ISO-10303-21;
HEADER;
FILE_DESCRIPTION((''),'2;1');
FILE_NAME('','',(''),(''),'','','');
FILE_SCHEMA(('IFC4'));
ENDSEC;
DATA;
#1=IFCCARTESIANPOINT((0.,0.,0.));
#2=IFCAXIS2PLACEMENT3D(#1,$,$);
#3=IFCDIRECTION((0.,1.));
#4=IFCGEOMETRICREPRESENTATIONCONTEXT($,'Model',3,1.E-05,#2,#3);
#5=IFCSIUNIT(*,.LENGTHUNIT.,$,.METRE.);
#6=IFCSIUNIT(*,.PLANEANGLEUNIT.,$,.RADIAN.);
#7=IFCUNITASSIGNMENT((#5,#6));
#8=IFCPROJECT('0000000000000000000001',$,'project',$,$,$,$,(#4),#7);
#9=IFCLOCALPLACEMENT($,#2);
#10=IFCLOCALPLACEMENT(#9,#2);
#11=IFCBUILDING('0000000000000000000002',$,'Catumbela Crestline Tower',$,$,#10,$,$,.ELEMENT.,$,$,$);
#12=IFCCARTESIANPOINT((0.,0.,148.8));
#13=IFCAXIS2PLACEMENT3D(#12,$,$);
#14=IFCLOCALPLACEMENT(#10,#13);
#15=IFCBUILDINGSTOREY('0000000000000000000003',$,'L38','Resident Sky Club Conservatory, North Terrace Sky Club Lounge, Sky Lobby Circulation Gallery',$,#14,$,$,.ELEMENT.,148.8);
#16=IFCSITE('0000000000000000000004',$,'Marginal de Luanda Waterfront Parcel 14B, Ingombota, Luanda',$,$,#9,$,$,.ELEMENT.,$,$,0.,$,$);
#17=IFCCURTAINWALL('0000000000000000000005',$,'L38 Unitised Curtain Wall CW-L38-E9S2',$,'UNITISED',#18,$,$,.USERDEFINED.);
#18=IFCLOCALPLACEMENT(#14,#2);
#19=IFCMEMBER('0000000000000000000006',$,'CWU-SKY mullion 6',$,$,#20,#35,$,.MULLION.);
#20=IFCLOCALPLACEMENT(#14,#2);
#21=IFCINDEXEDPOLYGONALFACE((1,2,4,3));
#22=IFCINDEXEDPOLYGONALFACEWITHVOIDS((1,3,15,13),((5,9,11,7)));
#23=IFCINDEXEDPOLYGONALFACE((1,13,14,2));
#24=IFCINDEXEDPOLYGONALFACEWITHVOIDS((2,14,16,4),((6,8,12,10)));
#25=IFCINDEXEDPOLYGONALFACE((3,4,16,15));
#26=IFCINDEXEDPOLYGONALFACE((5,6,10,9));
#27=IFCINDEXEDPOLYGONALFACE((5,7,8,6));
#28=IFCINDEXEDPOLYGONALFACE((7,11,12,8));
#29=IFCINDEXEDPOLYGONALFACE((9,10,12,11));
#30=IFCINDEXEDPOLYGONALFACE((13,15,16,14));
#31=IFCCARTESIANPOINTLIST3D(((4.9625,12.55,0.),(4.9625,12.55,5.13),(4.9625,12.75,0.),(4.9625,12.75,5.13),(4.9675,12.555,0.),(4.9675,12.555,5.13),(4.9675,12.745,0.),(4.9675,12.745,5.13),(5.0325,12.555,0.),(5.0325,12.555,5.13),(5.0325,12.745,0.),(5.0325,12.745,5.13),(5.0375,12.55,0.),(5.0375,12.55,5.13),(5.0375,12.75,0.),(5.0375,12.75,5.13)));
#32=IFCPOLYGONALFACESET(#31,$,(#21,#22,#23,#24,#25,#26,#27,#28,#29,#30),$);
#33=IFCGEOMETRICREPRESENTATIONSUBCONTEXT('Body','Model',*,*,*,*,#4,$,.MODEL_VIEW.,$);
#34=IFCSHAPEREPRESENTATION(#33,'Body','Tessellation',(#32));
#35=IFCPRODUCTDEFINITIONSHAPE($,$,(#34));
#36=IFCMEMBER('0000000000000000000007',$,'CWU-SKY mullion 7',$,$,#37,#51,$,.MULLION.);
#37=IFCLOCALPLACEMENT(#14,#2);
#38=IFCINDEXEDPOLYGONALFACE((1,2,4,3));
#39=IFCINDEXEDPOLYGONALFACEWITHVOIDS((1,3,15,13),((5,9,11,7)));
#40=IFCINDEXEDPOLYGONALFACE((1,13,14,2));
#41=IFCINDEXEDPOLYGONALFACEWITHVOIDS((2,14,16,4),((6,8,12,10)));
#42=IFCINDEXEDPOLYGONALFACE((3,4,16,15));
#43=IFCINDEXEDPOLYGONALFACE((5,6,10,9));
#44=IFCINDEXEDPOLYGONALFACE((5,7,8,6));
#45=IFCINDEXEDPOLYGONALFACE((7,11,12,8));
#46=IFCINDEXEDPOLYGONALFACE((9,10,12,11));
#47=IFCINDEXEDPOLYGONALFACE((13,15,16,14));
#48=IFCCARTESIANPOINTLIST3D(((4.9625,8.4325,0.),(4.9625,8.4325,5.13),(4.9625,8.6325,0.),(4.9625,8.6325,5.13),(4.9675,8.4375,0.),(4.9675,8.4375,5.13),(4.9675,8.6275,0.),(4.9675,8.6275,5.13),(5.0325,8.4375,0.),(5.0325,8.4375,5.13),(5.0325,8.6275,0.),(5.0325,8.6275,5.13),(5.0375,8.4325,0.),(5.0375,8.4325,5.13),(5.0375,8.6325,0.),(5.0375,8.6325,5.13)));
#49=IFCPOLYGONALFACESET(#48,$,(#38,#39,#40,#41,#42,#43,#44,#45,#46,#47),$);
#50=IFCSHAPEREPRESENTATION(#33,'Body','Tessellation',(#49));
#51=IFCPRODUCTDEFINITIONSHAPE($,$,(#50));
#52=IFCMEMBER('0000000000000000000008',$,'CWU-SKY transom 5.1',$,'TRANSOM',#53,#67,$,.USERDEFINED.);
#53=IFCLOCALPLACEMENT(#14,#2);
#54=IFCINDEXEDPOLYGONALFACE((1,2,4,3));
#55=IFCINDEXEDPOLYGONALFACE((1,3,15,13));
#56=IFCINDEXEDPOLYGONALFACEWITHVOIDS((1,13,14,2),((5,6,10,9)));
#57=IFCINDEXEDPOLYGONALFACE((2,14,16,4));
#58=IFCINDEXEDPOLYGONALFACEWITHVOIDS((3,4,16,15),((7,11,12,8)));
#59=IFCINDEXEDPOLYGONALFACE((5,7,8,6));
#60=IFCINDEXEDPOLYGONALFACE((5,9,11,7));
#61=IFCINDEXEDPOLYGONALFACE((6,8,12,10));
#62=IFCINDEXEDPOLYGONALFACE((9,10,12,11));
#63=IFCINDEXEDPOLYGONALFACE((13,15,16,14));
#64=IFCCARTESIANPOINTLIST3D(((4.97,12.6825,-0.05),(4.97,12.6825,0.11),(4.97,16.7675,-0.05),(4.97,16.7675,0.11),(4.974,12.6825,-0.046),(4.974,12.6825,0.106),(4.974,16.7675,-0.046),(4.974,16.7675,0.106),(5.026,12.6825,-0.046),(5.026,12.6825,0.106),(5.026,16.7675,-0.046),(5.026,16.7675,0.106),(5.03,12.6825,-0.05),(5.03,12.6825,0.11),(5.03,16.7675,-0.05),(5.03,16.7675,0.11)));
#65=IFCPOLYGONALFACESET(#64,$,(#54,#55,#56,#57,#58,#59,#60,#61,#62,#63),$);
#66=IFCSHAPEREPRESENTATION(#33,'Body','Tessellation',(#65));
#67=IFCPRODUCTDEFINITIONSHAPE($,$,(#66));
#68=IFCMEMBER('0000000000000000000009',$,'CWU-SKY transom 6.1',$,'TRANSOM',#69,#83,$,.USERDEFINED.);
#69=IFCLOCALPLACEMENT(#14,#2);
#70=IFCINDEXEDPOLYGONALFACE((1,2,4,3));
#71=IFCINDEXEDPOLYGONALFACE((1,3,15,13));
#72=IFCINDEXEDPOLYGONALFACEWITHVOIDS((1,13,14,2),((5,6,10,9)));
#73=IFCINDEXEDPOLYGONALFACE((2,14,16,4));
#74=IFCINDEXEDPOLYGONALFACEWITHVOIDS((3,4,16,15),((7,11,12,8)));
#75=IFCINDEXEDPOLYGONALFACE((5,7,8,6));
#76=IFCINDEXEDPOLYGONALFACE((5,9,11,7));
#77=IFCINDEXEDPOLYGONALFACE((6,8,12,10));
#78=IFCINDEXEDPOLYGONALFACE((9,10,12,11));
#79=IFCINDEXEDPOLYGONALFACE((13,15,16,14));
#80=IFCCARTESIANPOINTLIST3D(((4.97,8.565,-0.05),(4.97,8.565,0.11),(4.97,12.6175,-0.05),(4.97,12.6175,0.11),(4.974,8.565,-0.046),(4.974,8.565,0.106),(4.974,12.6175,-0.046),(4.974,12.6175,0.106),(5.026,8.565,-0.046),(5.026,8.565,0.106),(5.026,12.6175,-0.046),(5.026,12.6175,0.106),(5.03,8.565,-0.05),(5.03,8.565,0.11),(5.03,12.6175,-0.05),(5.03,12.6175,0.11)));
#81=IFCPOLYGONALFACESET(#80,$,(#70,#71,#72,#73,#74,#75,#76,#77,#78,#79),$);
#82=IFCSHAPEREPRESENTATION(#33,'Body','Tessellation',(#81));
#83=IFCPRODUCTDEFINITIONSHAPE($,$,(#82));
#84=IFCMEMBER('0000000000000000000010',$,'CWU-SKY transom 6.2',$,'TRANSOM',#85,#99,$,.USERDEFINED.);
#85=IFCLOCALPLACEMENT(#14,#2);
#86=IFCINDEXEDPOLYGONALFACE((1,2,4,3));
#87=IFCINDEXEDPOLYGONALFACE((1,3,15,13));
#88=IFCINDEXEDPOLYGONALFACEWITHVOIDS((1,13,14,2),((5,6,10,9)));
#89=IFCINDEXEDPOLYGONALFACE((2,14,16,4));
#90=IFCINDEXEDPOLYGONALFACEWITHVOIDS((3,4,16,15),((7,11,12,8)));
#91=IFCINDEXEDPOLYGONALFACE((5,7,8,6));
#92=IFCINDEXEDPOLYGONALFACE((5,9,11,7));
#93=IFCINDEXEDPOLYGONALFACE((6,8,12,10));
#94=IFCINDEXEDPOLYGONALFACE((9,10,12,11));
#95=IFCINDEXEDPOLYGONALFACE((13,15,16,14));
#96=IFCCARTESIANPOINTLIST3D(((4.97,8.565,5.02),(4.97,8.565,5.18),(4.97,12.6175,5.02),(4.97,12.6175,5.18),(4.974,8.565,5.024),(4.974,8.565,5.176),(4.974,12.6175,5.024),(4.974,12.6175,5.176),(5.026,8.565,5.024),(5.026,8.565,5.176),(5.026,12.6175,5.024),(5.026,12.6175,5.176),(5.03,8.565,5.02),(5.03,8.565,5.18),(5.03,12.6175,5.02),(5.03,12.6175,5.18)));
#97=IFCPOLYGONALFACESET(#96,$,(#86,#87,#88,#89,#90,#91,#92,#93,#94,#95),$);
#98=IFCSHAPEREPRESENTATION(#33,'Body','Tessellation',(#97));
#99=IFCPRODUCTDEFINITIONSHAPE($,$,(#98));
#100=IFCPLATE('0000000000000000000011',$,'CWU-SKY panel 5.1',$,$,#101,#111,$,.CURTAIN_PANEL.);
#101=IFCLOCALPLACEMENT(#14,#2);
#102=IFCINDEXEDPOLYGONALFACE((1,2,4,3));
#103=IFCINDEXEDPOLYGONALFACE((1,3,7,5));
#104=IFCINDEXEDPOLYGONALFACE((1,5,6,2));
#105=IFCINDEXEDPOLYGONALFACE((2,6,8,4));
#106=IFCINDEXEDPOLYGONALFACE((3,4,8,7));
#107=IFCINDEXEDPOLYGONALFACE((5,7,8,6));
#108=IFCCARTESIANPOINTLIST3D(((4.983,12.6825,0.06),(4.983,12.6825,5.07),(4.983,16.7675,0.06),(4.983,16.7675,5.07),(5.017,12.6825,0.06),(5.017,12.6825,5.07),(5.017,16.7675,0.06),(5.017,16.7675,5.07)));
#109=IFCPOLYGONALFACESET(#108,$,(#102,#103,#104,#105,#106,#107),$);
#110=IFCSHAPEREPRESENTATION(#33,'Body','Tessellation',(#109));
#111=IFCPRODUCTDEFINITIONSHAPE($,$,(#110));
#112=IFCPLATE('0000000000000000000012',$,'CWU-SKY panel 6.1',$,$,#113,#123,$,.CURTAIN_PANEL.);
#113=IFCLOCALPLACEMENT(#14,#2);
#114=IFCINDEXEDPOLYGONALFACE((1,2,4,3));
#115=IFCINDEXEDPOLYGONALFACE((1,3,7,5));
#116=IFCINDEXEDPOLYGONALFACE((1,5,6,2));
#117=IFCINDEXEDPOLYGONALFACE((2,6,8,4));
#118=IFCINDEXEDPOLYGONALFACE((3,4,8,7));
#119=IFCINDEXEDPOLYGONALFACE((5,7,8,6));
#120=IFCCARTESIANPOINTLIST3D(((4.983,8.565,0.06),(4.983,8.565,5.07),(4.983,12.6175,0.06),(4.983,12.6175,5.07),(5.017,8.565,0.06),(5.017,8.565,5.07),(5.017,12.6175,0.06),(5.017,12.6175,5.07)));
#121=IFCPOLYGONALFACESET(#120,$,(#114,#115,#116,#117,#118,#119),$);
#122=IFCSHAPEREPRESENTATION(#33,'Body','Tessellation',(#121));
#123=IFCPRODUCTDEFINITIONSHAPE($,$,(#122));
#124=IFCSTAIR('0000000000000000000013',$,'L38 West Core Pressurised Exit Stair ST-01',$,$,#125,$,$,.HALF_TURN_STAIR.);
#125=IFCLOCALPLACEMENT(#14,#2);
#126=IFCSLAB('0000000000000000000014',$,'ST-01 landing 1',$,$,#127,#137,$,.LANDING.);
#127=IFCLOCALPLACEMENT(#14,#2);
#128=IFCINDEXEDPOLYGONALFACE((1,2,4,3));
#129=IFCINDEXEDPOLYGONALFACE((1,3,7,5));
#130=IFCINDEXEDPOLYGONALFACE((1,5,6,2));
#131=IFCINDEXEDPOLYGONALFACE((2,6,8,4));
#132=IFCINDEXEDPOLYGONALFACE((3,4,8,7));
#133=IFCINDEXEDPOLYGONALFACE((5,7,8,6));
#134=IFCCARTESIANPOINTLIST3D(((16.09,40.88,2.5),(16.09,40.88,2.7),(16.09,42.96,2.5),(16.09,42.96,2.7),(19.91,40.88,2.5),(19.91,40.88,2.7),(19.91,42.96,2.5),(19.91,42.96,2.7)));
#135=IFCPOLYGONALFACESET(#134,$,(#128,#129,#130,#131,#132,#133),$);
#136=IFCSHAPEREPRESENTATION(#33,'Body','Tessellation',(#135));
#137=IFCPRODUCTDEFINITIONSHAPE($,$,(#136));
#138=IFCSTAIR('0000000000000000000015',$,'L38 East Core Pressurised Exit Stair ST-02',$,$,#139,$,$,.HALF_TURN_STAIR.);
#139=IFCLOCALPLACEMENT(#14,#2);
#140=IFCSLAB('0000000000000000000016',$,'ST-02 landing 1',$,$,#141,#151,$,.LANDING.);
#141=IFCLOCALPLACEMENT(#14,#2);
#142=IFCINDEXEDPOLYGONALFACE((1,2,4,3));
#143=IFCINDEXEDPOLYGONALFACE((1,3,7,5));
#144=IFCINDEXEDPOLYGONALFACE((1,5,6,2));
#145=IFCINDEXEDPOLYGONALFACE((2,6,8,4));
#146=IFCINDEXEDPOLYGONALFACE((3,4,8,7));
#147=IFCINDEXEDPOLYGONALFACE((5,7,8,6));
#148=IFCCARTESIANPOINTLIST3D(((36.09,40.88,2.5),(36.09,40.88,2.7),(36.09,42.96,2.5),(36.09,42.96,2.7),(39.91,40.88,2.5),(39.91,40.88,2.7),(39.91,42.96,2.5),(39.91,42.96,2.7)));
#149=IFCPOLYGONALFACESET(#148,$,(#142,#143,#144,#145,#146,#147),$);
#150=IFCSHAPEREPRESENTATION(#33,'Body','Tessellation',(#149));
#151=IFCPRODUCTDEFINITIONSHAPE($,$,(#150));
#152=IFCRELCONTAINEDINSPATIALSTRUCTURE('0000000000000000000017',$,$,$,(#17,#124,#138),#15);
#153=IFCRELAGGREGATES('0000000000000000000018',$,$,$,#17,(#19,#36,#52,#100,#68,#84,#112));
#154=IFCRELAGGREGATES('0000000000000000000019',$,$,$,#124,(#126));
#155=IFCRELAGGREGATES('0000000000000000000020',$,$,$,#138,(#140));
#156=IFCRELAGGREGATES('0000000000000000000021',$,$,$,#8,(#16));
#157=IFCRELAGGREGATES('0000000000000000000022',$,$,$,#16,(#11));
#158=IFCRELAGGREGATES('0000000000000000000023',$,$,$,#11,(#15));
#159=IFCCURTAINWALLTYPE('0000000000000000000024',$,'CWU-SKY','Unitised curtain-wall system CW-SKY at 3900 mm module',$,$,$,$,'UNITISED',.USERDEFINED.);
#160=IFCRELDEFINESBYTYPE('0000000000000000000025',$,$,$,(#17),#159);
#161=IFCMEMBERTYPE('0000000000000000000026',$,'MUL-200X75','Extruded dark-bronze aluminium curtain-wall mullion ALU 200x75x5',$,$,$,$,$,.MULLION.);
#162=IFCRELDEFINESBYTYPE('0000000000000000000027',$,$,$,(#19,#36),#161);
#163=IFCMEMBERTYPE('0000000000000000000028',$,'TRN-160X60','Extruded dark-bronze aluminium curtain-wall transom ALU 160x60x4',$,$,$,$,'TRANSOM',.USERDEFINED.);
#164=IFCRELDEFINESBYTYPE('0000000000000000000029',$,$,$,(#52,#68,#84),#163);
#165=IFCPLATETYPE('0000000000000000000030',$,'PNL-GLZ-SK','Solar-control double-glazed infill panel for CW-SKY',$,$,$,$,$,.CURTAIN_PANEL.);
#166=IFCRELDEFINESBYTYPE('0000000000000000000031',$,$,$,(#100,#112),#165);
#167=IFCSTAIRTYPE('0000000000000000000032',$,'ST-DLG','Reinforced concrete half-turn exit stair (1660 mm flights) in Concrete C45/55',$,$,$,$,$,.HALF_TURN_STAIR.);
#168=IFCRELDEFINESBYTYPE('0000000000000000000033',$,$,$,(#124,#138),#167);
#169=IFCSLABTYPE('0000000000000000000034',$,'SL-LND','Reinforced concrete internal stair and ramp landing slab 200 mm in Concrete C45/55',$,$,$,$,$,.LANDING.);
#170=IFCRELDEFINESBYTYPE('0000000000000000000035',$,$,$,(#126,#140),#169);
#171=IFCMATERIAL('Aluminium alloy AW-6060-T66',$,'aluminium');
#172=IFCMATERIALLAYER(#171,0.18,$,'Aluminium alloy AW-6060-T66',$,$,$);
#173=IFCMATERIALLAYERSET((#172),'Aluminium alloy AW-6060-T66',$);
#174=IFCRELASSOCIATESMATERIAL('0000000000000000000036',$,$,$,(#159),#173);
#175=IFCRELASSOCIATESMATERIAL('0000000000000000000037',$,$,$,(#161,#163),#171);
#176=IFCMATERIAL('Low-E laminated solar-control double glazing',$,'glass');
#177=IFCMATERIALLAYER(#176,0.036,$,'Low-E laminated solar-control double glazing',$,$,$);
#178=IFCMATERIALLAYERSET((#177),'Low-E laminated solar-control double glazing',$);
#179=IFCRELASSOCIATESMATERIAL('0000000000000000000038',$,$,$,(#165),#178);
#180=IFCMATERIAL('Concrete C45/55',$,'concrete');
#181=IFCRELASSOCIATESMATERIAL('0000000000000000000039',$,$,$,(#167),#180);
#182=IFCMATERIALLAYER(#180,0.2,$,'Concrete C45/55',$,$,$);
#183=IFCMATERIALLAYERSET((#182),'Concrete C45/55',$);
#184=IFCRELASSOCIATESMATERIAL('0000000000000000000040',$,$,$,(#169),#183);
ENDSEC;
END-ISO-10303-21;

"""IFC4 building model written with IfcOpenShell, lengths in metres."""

from ifc_helpers import new_model, si_unit, direction, frame, origin, origin_2d, place, context, subcontext, project, spatial, polyline, rectangle, hollow_rectangle, outline, extrude, material, layer, layer_set, material_profile, profile_set, type_object, element, aggregate, save


model = new_model("IFC4")

# Units and contexts
model_context = context("Model", 3, precision=1e-05, world=origin(), true_north=direction((0.0, 1.0)))
body_context = subcontext(model_context, "Body", "Model", "MODEL_VIEW")
ifc_project = project(units=[si_unit("LENGTHUNIT", "METRE"), si_unit("PLANEANGLEUNIT", "RADIAN")], contexts=[model_context])

# Site, building, storey
site_placement = place(None, origin())
site = spatial("IfcSite", under=ifc_project, at=site_placement, Name="Marginal de Luanda Waterfront Parcel 14B, Ingombota, Luanda", CompositionType="ELEMENT", RefElevation=0.0)
building_placement = place(site_placement, origin())
building = spatial("IfcBuilding", under=site, at=building_placement, Name="Catumbela Crestline Tower", CompositionType="ELEMENT")
storey_placement = place(building_placement, frame((0.0, 0.0, 148.8)))
storey = spatial("IfcBuildingStorey", under=building, at=storey_placement, Name="L38", Description="Resident Sky Club Conservatory, North Terrace Sky Club Lounge, Sky Lobby Circulation Gallery", CompositionType="ELEMENT", Elevation=148.8)

# Curtain wall, members, plates
ifc_material_1 = material(Name="Aluminium alloy AW-6060-T66", Category="aluminium")
ifc_layer_1 = layer(ifc_material_1, 0.18, Name="Aluminium alloy AW-6060-T66")
ifc_layer_set_1 = layer_set([ifc_layer_1], Name="Aluminium alloy AW-6060-T66")
curtain_wall_type = type_object("IfcCurtainWallType", Name="CWU-SKY", Description="Unitised curtain-wall system CW-SKY at 3900 mm module", ElementType="UNITISED", PredefinedType="USERDEFINED", material=ifc_layer_set_1)
curtain_wall_placement = place(storey_placement, origin())
curtain_wall = element("IfcCurtainWall", 1, at=curtain_wall_placement, inside=storey, type_object=curtain_wall_type, Name="L38 Unitised Curtain Wall CW-L38-E9S2", ObjectType="UNITISED", PredefinedType="USERDEFINED")
ifc_material_profile_1 = material_profile(ifc_material_1, hollow_rectangle(XDim=0.075, YDim=0.2, WallThickness=0.005, at=origin_2d()), Name="ALU 200x75x5")
ifc_profile_set_1 = profile_set([ifc_material_profile_1], Name="Aluminium alloy AW-6060-T66")
member_type_1 = type_object("IfcMemberType", Name="MUL-200X75", Description="Extruded dark-bronze aluminium curtain-wall mullion ALU 200x75x5", PredefinedType="MULLION", material=ifc_profile_set_1)
member_1_placement = place(storey_placement, frame((5.0, 12.65, 0.0), z_axis=(0.0, 0.0, 1.0), x_axis=(1.0, 0.0, 0.0)))
member_1 = element("IfcMember", 2, at=member_1_placement, type_object=member_type_1, Name="CWU-SKY mullion 6", PredefinedType="MULLION", context=body_context, shape_type="SweptSolid", body=[
    extrude(hollow_rectangle(XDim=0.075, YDim=0.2, WallThickness=0.005, at=origin_2d()), origin(), (0.0, 0.0, 1.0), 5.13),
])
member_2_placement = place(storey_placement, frame((5.0, 8.5325, 0.0), z_axis=(0.0, 0.0, 1.0), x_axis=(1.0, 0.0, 0.0)))
member_2 = element("IfcMember", 3, at=member_2_placement, type_object=member_type_1, Name="CWU-SKY mullion 7", PredefinedType="MULLION", context=body_context, shape_type="SweptSolid", body=[
    extrude(hollow_rectangle(XDim=0.075, YDim=0.2, WallThickness=0.005, at=origin_2d()), origin(), (0.0, 0.0, 1.0), 5.13),
])
ifc_material_profile_2 = material_profile(ifc_material_1, hollow_rectangle(XDim=0.06, YDim=0.16, WallThickness=0.004, at=origin_2d()), Name="ALU 160x60x4")
ifc_profile_set_2 = profile_set([ifc_material_profile_2], Name="Aluminium alloy AW-6060-T66")
member_type_2 = type_object("IfcMemberType", Name="TRN-160X60", Description="Extruded dark-bronze aluminium curtain-wall transom ALU 160x60x4", ElementType="TRANSOM", PredefinedType="USERDEFINED", material=ifc_profile_set_2)
member_3_placement = place(storey_placement, frame((5.0, 16.7675, 0.03), z_axis=(0.0, -1.0, 0.0), x_axis=(1.0, 0.0, 0.0)))
member_3 = element("IfcMember", 4, at=member_3_placement, type_object=member_type_2, Name="CWU-SKY transom 5.1", ObjectType="TRANSOM", PredefinedType="USERDEFINED", context=body_context, shape_type="SweptSolid", body=[
    extrude(hollow_rectangle(XDim=0.06, YDim=0.16, WallThickness=0.004, at=origin_2d()), origin(), (0.0, 0.0, 1.0), 4.085),
])
member_4_placement = place(storey_placement, frame((5.0, 12.6175, 0.03), z_axis=(0.0, -1.0, 0.0), x_axis=(1.0, 0.0, 0.0)))
member_4 = element("IfcMember", 5, at=member_4_placement, type_object=member_type_2, Name="CWU-SKY transom 6.1", ObjectType="TRANSOM", PredefinedType="USERDEFINED", context=body_context, shape_type="SweptSolid", body=[
    extrude(hollow_rectangle(XDim=0.06, YDim=0.16, WallThickness=0.004, at=origin_2d()), origin(), (0.0, 0.0, 1.0), 4.0525),
])
member_5_placement = place(storey_placement, frame((5.0, 12.6175, 5.1), z_axis=(0.0, -1.0, 0.0), x_axis=(1.0, 0.0, 0.0)))
member_5 = element("IfcMember", 6, at=member_5_placement, type_object=member_type_2, Name="CWU-SKY transom 6.2", ObjectType="TRANSOM", PredefinedType="USERDEFINED", context=body_context, shape_type="SweptSolid", body=[
    extrude(hollow_rectangle(XDim=0.06, YDim=0.16, WallThickness=0.004, at=origin_2d()), origin(), (0.0, 0.0, 1.0), 4.0525),
])
ifc_material_2 = material(Name="Low-E laminated solar-control double glazing", Category="glass")
ifc_layer_2 = layer(ifc_material_2, 0.036, Name="Low-E laminated solar-control double glazing")
ifc_layer_set_2 = layer_set([ifc_layer_2], Name="Low-E laminated solar-control double glazing")
plate_type = type_object("IfcPlateType", Name="PNL-GLZ-SK", Description="Solar-control double-glazed infill panel for CW-SKY", PredefinedType="CURTAIN_PANEL", material=ifc_layer_set_2)
plate_1_placement = place(storey_placement, frame((5.0, 14.725, 0.06), z_axis=(0.0, 0.0, 1.0), x_axis=(0.0, -1.0, 0.0)))
plate_1 = element("IfcPlate", 7, at=plate_1_placement, type_object=plate_type, Name="CWU-SKY panel 5.1", PredefinedType="CURTAIN_PANEL", context=body_context, shape_type="SweptSolid", body=[
    extrude(rectangle(XDim=4.085, YDim=0.034, at=origin_2d()), origin(), (0.0, 0.0, 1.0), 5.01),
])
plate_2_placement = place(storey_placement, frame((5.0, 10.5912, 0.06), z_axis=(0.0, 0.0, 1.0), x_axis=(0.0, -1.0, 0.0)))
plate_2 = element("IfcPlate", 8, at=plate_2_placement, type_object=plate_type, Name="CWU-SKY panel 6.1", PredefinedType="CURTAIN_PANEL", context=body_context, shape_type="SweptSolid", body=[
    extrude(rectangle(XDim=4.0525, YDim=0.034, at=origin_2d()), origin(), (0.0, 0.0, 1.0), 5.01),
])
aggregate(curtain_wall, [member_1, member_2, member_3, plate_1, member_4, member_5, plate_2])

# Stairs, slabs
ifc_material_3 = material(Name="Concrete C45/55", Category="concrete")
stair_type = type_object("IfcStairType", Name="ST-DLG", Description="Reinforced concrete half-turn exit stair (1660 mm flights) in Concrete C45/55", PredefinedType="HALF_TURN_STAIR", material=ifc_material_3)
stair_1_placement = place(storey_placement, origin())
stair_1 = element("IfcStair", 9, at=stair_1_placement, inside=storey, type_object=stair_type, Name="L38 West Core Pressurised Exit Stair ST-01", PredefinedType="HALF_TURN_STAIR")
ifc_layer_3 = layer(ifc_material_3, 0.2, Name="Concrete C45/55")
ifc_layer_set_3 = layer_set([ifc_layer_3], Name="Concrete C45/55")
slab_type_1 = type_object("IfcSlabType", Name="SL-LND", Description="Reinforced concrete internal stair and ramp landing slab 200 mm in Concrete C45/55", PredefinedType="LANDING", material=ifc_layer_set_3)
slab_1_placement = place(storey_placement, frame((0.0, 0.0, 2.5)))
slab_1 = element("IfcSlab", 10, at=slab_1_placement, type_object=slab_type_1, Name="ST-01 landing 1", PredefinedType="LANDING", context=body_context, shape_type="SweptSolid", body=[
    extrude(outline(polyline([(19.91, 40.88), (19.91, 42.96), (16.09, 42.96), (16.09, 40.88), (19.91, 40.88)])), origin(), (0.0, 0.0, 1.0), 0.2),
])
aggregate(stair_1, [slab_1])
stair_2_placement = place(storey_placement, origin())
stair_2 = element("IfcStair", 11, at=stair_2_placement, inside=storey, type_object=stair_type, Name="L38 East Core Pressurised Exit Stair ST-02", PredefinedType="HALF_TURN_STAIR")
slab_2_placement = place(storey_placement, frame((0.0, 0.0, 2.5)))
slab_2 = element("IfcSlab", 12, at=slab_2_placement, type_object=slab_type_1, Name="ST-02 landing 1", PredefinedType="LANDING", context=body_context, shape_type="SweptSolid", body=[
    extrude(outline(polyline([(39.91, 40.88), (39.91, 42.96), (36.09, 42.96), (36.09, 40.88), (39.91, 40.88)])), origin(), (0.0, 0.0, 1.0), 0.2),
])
aggregate(stair_2, [slab_2])

save(model, "model.ifc")
